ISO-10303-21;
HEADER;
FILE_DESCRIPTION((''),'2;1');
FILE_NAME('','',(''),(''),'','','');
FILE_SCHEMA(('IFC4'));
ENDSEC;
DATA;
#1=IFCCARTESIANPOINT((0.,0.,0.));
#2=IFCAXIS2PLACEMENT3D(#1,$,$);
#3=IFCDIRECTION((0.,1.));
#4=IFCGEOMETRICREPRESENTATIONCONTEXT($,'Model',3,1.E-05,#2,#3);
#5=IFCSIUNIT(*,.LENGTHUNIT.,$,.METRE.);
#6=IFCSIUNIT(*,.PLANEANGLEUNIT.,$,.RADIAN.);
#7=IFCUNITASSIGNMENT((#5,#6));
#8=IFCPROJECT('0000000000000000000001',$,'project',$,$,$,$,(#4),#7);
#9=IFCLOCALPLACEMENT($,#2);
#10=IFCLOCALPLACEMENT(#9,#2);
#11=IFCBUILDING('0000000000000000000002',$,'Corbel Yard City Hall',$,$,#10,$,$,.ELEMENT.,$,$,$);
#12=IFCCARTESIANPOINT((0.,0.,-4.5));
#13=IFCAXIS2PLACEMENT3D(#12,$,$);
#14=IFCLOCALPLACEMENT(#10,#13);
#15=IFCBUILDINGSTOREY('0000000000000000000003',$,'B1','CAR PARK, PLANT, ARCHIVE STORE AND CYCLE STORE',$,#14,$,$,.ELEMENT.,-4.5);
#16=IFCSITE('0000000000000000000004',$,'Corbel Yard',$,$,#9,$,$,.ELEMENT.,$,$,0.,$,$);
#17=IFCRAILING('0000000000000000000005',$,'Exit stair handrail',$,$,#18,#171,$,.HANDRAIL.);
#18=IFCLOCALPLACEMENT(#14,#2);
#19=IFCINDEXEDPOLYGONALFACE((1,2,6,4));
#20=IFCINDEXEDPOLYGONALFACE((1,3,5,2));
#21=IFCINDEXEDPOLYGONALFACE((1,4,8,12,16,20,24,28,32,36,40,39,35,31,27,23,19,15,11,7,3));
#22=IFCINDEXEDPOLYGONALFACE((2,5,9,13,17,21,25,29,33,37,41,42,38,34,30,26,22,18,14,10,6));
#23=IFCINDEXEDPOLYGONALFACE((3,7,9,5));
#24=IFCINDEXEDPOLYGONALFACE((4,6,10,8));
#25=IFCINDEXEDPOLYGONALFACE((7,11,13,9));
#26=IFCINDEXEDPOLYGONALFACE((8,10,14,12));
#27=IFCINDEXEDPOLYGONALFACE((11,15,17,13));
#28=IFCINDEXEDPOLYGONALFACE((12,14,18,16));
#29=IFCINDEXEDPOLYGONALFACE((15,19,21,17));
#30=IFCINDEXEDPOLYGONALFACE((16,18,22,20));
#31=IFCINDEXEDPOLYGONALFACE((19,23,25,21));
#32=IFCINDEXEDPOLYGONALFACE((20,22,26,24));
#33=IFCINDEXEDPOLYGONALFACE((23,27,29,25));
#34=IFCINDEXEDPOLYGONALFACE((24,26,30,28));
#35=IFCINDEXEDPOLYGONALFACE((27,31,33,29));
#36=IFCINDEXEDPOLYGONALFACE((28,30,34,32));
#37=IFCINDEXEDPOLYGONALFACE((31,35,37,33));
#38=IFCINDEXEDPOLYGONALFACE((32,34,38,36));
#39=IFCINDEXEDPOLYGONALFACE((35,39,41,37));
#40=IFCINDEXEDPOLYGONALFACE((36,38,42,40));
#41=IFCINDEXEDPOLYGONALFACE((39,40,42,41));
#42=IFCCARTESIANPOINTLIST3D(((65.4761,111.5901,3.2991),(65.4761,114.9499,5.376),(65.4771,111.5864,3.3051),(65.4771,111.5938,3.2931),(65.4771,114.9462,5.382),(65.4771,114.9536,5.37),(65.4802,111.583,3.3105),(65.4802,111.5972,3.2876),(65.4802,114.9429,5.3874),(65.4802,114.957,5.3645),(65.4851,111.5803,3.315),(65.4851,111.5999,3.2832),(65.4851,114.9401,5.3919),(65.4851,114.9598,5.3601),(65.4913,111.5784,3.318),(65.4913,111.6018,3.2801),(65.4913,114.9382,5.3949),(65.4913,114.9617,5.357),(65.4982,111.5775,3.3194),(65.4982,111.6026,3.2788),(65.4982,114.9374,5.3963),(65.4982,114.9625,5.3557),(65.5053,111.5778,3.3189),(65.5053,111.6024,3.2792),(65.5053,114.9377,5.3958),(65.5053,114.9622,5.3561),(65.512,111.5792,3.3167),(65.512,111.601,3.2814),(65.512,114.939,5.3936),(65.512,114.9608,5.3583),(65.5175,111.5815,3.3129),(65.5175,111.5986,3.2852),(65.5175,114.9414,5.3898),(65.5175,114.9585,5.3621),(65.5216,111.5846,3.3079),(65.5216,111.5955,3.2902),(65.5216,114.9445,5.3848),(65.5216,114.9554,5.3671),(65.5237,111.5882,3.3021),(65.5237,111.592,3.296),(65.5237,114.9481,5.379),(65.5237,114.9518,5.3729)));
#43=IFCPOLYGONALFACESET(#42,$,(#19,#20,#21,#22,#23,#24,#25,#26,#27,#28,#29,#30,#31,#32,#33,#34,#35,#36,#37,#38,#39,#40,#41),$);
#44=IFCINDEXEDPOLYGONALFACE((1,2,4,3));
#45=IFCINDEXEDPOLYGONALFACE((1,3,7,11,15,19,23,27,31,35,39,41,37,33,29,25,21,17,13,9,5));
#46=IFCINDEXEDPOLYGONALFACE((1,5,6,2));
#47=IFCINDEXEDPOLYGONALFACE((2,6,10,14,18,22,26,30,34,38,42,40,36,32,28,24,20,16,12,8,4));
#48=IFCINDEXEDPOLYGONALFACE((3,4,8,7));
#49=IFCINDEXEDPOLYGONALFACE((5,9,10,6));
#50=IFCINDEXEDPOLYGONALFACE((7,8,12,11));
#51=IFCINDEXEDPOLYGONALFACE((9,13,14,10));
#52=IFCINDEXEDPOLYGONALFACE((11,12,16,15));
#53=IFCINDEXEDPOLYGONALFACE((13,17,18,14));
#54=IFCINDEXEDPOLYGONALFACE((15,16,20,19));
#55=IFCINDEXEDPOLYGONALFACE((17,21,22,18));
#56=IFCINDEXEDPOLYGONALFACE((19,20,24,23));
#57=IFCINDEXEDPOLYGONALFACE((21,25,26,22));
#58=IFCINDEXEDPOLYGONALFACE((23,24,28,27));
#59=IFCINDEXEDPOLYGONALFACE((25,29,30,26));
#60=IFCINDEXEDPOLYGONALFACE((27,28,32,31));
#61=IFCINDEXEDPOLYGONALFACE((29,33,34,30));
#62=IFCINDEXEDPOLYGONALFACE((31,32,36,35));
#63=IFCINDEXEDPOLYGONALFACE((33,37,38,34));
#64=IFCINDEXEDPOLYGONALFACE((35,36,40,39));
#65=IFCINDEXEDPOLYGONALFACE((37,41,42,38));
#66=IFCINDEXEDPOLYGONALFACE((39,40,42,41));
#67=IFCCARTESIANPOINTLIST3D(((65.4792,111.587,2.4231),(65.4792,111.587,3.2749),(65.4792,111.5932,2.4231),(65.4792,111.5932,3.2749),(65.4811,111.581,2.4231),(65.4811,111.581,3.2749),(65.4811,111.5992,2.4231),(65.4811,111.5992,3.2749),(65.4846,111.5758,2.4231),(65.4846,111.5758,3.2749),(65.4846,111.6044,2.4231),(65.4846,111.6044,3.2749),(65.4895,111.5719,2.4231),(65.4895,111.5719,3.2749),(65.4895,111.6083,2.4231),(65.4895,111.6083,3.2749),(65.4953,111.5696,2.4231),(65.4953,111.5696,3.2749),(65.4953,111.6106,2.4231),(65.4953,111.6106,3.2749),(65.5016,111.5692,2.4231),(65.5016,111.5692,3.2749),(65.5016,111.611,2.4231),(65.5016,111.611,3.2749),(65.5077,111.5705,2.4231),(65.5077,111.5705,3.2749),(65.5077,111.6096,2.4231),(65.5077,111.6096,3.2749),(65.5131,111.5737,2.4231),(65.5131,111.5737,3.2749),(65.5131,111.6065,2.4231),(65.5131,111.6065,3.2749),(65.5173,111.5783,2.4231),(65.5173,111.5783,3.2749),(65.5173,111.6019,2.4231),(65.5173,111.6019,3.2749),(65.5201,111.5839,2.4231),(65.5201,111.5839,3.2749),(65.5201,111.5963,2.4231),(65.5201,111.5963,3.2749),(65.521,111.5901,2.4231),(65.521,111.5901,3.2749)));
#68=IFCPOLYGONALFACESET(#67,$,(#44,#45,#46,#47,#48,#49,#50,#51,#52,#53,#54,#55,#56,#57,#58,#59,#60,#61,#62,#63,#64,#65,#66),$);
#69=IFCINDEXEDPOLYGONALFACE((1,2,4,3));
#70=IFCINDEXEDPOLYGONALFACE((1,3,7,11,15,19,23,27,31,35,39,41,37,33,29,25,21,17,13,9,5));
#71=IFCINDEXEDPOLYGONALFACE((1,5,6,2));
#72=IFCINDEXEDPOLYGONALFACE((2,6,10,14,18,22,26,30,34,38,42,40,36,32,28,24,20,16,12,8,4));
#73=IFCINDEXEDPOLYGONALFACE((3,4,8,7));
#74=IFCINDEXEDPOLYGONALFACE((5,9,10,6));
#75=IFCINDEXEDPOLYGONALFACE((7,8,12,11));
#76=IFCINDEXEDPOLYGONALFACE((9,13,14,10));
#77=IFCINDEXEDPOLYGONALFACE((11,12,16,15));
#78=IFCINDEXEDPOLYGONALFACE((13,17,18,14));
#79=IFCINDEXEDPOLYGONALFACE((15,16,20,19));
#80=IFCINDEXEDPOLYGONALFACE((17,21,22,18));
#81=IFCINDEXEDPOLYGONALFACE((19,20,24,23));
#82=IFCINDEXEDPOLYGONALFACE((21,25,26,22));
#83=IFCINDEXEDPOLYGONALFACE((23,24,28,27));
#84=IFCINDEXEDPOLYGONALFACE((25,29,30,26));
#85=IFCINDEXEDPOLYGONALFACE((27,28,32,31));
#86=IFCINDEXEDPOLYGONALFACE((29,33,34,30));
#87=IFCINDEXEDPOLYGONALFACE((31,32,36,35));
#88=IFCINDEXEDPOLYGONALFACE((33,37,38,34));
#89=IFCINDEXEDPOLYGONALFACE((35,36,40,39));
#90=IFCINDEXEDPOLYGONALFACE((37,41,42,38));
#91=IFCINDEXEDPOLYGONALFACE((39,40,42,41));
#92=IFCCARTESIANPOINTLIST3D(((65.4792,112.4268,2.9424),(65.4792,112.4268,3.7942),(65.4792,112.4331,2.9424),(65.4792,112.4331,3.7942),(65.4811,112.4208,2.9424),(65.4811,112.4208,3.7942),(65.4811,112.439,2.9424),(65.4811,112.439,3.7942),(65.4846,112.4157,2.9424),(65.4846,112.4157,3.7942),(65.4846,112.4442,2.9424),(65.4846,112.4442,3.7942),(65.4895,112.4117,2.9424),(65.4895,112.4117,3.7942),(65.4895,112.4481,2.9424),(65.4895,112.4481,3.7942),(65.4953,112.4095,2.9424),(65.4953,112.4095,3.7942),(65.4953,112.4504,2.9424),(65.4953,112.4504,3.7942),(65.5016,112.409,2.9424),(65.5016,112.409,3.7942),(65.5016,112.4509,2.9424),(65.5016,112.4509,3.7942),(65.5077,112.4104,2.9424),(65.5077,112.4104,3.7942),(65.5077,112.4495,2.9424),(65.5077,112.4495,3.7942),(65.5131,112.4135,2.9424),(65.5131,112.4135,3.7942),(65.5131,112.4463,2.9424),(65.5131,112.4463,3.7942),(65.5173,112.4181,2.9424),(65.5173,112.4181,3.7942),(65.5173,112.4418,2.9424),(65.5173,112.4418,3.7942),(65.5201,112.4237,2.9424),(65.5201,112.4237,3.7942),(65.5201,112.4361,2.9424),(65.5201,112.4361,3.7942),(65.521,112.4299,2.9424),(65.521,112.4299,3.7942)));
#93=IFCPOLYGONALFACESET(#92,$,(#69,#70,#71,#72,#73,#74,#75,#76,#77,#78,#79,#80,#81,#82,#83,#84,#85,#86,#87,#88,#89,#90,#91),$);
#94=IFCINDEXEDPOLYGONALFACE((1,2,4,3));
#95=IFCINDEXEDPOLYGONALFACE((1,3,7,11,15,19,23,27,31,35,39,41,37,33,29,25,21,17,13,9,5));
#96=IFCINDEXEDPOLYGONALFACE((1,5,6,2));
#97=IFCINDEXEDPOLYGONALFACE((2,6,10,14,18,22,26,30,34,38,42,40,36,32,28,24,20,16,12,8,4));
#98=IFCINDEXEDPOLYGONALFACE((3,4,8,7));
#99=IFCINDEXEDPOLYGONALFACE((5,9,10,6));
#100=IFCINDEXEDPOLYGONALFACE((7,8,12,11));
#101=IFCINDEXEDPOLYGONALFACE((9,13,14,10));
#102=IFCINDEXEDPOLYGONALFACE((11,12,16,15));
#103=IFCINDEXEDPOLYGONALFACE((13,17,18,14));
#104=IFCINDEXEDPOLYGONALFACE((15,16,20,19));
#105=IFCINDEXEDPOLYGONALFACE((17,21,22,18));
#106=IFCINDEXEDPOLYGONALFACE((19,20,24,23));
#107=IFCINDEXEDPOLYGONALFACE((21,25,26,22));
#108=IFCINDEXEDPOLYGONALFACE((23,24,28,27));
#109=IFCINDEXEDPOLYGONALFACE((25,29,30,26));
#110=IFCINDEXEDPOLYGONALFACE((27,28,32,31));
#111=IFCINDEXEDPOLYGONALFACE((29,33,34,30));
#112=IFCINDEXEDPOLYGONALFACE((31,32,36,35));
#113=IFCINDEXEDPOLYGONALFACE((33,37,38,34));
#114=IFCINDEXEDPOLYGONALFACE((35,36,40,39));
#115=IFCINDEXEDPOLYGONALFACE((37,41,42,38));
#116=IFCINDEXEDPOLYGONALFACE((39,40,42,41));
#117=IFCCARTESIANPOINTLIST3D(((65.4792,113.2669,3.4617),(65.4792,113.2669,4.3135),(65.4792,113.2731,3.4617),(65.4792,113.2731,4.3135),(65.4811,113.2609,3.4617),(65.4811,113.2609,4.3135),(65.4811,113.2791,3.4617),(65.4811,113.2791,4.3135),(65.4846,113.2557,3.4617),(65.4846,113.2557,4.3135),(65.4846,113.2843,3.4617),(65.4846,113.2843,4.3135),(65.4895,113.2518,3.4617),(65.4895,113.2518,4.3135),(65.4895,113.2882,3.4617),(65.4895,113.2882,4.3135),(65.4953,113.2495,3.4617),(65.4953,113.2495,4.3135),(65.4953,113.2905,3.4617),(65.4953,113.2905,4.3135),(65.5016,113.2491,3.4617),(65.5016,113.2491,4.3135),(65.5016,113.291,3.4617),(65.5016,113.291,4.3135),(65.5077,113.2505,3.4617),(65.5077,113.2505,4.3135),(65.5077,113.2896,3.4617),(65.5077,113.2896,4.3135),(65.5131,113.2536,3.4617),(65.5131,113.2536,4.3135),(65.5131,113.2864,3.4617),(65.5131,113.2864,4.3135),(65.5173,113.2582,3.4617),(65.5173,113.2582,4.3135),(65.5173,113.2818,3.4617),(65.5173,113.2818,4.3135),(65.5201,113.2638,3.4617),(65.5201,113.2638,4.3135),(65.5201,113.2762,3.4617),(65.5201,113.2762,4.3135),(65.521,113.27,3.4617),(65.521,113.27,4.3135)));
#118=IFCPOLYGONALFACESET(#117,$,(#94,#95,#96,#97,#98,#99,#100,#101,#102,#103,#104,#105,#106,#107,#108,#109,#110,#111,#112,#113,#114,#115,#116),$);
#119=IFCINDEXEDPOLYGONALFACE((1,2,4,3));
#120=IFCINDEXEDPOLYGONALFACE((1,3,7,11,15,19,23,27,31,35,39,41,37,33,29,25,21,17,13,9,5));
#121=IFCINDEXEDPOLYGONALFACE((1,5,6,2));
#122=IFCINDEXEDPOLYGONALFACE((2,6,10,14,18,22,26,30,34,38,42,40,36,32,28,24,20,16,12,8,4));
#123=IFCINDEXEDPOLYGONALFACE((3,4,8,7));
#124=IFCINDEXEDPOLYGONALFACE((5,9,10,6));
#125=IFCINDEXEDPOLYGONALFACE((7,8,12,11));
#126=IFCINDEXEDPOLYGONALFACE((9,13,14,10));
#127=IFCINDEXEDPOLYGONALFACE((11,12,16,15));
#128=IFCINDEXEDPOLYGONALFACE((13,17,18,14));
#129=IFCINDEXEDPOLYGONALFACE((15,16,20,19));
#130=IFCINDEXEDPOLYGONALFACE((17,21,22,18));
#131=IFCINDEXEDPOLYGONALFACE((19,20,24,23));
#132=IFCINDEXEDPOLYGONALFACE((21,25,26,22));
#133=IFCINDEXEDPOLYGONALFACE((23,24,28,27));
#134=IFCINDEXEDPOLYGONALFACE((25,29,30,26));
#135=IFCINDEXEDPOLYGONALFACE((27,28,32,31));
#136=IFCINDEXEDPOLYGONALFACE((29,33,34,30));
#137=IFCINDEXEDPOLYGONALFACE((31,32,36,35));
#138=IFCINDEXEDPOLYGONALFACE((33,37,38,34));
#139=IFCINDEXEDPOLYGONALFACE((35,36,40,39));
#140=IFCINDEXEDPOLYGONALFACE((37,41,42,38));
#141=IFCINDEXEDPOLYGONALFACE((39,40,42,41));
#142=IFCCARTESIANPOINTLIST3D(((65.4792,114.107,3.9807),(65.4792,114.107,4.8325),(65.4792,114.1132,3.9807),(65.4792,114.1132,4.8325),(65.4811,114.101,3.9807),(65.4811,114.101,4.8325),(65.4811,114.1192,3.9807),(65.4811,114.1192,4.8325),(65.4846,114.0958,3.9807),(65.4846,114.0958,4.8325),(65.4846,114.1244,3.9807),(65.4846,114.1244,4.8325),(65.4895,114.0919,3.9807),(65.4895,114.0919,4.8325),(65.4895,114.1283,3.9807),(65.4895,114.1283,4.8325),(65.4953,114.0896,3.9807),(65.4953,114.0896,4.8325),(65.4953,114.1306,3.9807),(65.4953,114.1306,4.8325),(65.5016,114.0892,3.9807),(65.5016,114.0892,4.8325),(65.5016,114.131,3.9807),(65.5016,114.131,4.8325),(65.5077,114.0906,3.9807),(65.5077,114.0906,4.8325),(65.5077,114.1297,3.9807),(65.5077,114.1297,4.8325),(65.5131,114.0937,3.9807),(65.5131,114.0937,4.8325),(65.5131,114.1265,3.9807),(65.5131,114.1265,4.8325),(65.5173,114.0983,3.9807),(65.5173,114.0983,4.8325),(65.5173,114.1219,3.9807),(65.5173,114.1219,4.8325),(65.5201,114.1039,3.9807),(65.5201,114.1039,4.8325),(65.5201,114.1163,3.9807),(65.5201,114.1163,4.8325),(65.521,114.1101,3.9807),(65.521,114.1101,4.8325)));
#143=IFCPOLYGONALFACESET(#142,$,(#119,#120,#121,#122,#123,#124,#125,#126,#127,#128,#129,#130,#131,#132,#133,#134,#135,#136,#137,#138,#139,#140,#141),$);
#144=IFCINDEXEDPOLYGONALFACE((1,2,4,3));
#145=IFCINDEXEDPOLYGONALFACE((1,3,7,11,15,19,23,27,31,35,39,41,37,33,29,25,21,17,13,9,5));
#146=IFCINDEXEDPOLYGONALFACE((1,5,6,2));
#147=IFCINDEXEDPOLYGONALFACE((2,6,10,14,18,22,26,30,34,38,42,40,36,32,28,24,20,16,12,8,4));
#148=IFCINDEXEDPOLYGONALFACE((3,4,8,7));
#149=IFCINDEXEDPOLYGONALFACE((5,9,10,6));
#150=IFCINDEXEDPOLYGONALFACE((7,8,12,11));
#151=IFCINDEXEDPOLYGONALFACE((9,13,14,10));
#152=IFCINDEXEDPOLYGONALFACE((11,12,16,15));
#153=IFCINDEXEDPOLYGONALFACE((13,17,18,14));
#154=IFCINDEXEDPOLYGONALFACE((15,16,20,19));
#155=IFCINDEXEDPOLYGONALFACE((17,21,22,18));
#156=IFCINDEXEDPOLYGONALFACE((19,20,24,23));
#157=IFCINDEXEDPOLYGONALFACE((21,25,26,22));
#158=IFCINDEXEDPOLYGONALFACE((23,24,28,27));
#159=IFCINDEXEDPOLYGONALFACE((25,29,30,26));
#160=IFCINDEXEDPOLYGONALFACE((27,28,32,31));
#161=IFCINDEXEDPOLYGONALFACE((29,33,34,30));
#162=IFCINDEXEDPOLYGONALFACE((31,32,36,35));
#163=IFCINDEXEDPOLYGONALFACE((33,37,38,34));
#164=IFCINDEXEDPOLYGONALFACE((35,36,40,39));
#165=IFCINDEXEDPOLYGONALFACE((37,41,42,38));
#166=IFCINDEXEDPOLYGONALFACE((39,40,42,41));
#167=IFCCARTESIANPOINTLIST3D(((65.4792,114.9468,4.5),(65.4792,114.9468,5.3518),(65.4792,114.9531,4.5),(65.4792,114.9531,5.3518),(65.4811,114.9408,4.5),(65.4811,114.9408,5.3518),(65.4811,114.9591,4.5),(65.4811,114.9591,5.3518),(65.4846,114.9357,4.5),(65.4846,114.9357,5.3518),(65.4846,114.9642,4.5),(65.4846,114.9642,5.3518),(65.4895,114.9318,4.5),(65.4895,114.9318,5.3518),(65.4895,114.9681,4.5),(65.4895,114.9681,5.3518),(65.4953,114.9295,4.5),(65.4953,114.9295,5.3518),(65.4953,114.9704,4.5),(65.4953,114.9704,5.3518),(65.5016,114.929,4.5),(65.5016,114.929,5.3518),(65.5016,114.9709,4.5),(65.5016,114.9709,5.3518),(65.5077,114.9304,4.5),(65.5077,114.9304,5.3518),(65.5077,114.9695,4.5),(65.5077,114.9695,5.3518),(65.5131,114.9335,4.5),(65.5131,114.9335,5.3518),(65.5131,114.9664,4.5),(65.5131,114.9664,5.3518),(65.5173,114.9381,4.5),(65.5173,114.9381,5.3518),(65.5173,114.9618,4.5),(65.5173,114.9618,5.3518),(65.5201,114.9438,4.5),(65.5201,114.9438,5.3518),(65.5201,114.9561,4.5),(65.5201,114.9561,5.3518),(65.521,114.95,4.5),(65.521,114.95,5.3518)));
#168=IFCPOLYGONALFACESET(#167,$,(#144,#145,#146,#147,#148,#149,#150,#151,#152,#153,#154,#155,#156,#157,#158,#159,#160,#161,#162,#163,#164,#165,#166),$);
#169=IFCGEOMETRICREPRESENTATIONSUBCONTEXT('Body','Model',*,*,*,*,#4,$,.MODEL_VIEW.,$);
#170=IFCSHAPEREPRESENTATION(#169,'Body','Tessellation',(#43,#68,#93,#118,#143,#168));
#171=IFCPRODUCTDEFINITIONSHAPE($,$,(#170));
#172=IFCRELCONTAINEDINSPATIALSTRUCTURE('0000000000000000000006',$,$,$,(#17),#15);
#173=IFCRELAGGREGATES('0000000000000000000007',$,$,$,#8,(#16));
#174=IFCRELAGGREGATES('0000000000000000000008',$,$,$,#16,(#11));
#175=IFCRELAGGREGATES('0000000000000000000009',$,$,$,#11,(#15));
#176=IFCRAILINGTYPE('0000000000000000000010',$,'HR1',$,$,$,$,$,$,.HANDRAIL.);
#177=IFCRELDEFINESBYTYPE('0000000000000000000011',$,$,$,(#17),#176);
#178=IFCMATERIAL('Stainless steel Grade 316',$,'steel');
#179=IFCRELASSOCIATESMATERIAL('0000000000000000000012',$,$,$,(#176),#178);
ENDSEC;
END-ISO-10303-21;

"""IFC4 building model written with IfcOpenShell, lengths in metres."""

from ifc_helpers import new_model, si_unit, direction, frame, origin, origin_2d, place, context, subcontext, project, spatial, circle, extrude, material, type_object, element, save


model = new_model("IFC4")

# Units and contexts
model_context = context("Model", 3, precision=1e-05, world=origin(), true_north=direction((0.0, 1.0)))
body_context = subcontext(model_context, "Body", "Model", "MODEL_VIEW")
ifc_project = project(units=[si_unit("LENGTHUNIT", "METRE"), si_unit("PLANEANGLEUNIT", "RADIAN")], contexts=[model_context])

# Site, building, storey
site_placement = place(None, origin())
site = spatial("IfcSite", under=ifc_project, at=site_placement, Name="Corbel Yard", CompositionType="ELEMENT", RefElevation=0.0)
building_placement = place(site_placement, origin())
building = spatial("IfcBuilding", under=site, at=building_placement, Name="Corbel Yard City Hall", CompositionType="ELEMENT")
storey_placement = place(building_placement, frame((0.0, 0.0, -4.5)))
storey = spatial("IfcBuildingStorey", under=building, at=storey_placement, Name="B1", Description="CAR PARK, PLANT, ARCHIVE STORE AND CYCLE STORE", CompositionType="ELEMENT", Elevation=-4.5)

# Railing
ifc_material_1 = material(Name="Stainless steel Grade 316", Category="steel")
railing_type = type_object("IfcRailingType", Name="HR1", PredefinedType="HANDRAIL", material=ifc_material_1)
for number, where, name in (
    (1, (65.5, 111.5901, 2.4231), "Exit stair handrail"),
):
    element("IfcRailing", number, at=place(storey_placement, frame(where)), inside=storey, type_object=railing_type, Name=name, PredefinedType="HANDRAIL", context=body_context, shape_type="SweptSolid", body=[
        extrude(circle(Radius=0.0239, at=origin_2d()), frame((0.0, 0.0, 0.876), z_axis=(0.0, 0.850606, 0.525803), x_axis=(-1.0, 0.0, 0.0)), (0.0, 0.0, 1.0), 3.95),
        extrude(circle(Radius=0.021, at=origin_2d()), origin(), (0.0, 0.0, 1.0), 0.8518),
        extrude(circle(Radius=0.021, at=origin_2d()), frame((0.0, 0.8398, 0.5193)), (0.0, 0.0, 1.0), 0.8518),
        extrude(circle(Radius=0.021, at=origin_2d()), frame((0.0, 1.6799, 1.0386)), (0.0, 0.0, 1.0), 0.8518),
        extrude(circle(Radius=0.021, at=origin_2d()), frame((0.0, 2.52, 1.5576)), (0.0, 0.0, 1.0), 0.8518),
        extrude(circle(Radius=0.021, at=origin_2d()), frame((0.0, 3.3599, 2.0769)), (0.0, 0.0, 1.0), 0.8518),
    ])

save(model, "model.ifc")
